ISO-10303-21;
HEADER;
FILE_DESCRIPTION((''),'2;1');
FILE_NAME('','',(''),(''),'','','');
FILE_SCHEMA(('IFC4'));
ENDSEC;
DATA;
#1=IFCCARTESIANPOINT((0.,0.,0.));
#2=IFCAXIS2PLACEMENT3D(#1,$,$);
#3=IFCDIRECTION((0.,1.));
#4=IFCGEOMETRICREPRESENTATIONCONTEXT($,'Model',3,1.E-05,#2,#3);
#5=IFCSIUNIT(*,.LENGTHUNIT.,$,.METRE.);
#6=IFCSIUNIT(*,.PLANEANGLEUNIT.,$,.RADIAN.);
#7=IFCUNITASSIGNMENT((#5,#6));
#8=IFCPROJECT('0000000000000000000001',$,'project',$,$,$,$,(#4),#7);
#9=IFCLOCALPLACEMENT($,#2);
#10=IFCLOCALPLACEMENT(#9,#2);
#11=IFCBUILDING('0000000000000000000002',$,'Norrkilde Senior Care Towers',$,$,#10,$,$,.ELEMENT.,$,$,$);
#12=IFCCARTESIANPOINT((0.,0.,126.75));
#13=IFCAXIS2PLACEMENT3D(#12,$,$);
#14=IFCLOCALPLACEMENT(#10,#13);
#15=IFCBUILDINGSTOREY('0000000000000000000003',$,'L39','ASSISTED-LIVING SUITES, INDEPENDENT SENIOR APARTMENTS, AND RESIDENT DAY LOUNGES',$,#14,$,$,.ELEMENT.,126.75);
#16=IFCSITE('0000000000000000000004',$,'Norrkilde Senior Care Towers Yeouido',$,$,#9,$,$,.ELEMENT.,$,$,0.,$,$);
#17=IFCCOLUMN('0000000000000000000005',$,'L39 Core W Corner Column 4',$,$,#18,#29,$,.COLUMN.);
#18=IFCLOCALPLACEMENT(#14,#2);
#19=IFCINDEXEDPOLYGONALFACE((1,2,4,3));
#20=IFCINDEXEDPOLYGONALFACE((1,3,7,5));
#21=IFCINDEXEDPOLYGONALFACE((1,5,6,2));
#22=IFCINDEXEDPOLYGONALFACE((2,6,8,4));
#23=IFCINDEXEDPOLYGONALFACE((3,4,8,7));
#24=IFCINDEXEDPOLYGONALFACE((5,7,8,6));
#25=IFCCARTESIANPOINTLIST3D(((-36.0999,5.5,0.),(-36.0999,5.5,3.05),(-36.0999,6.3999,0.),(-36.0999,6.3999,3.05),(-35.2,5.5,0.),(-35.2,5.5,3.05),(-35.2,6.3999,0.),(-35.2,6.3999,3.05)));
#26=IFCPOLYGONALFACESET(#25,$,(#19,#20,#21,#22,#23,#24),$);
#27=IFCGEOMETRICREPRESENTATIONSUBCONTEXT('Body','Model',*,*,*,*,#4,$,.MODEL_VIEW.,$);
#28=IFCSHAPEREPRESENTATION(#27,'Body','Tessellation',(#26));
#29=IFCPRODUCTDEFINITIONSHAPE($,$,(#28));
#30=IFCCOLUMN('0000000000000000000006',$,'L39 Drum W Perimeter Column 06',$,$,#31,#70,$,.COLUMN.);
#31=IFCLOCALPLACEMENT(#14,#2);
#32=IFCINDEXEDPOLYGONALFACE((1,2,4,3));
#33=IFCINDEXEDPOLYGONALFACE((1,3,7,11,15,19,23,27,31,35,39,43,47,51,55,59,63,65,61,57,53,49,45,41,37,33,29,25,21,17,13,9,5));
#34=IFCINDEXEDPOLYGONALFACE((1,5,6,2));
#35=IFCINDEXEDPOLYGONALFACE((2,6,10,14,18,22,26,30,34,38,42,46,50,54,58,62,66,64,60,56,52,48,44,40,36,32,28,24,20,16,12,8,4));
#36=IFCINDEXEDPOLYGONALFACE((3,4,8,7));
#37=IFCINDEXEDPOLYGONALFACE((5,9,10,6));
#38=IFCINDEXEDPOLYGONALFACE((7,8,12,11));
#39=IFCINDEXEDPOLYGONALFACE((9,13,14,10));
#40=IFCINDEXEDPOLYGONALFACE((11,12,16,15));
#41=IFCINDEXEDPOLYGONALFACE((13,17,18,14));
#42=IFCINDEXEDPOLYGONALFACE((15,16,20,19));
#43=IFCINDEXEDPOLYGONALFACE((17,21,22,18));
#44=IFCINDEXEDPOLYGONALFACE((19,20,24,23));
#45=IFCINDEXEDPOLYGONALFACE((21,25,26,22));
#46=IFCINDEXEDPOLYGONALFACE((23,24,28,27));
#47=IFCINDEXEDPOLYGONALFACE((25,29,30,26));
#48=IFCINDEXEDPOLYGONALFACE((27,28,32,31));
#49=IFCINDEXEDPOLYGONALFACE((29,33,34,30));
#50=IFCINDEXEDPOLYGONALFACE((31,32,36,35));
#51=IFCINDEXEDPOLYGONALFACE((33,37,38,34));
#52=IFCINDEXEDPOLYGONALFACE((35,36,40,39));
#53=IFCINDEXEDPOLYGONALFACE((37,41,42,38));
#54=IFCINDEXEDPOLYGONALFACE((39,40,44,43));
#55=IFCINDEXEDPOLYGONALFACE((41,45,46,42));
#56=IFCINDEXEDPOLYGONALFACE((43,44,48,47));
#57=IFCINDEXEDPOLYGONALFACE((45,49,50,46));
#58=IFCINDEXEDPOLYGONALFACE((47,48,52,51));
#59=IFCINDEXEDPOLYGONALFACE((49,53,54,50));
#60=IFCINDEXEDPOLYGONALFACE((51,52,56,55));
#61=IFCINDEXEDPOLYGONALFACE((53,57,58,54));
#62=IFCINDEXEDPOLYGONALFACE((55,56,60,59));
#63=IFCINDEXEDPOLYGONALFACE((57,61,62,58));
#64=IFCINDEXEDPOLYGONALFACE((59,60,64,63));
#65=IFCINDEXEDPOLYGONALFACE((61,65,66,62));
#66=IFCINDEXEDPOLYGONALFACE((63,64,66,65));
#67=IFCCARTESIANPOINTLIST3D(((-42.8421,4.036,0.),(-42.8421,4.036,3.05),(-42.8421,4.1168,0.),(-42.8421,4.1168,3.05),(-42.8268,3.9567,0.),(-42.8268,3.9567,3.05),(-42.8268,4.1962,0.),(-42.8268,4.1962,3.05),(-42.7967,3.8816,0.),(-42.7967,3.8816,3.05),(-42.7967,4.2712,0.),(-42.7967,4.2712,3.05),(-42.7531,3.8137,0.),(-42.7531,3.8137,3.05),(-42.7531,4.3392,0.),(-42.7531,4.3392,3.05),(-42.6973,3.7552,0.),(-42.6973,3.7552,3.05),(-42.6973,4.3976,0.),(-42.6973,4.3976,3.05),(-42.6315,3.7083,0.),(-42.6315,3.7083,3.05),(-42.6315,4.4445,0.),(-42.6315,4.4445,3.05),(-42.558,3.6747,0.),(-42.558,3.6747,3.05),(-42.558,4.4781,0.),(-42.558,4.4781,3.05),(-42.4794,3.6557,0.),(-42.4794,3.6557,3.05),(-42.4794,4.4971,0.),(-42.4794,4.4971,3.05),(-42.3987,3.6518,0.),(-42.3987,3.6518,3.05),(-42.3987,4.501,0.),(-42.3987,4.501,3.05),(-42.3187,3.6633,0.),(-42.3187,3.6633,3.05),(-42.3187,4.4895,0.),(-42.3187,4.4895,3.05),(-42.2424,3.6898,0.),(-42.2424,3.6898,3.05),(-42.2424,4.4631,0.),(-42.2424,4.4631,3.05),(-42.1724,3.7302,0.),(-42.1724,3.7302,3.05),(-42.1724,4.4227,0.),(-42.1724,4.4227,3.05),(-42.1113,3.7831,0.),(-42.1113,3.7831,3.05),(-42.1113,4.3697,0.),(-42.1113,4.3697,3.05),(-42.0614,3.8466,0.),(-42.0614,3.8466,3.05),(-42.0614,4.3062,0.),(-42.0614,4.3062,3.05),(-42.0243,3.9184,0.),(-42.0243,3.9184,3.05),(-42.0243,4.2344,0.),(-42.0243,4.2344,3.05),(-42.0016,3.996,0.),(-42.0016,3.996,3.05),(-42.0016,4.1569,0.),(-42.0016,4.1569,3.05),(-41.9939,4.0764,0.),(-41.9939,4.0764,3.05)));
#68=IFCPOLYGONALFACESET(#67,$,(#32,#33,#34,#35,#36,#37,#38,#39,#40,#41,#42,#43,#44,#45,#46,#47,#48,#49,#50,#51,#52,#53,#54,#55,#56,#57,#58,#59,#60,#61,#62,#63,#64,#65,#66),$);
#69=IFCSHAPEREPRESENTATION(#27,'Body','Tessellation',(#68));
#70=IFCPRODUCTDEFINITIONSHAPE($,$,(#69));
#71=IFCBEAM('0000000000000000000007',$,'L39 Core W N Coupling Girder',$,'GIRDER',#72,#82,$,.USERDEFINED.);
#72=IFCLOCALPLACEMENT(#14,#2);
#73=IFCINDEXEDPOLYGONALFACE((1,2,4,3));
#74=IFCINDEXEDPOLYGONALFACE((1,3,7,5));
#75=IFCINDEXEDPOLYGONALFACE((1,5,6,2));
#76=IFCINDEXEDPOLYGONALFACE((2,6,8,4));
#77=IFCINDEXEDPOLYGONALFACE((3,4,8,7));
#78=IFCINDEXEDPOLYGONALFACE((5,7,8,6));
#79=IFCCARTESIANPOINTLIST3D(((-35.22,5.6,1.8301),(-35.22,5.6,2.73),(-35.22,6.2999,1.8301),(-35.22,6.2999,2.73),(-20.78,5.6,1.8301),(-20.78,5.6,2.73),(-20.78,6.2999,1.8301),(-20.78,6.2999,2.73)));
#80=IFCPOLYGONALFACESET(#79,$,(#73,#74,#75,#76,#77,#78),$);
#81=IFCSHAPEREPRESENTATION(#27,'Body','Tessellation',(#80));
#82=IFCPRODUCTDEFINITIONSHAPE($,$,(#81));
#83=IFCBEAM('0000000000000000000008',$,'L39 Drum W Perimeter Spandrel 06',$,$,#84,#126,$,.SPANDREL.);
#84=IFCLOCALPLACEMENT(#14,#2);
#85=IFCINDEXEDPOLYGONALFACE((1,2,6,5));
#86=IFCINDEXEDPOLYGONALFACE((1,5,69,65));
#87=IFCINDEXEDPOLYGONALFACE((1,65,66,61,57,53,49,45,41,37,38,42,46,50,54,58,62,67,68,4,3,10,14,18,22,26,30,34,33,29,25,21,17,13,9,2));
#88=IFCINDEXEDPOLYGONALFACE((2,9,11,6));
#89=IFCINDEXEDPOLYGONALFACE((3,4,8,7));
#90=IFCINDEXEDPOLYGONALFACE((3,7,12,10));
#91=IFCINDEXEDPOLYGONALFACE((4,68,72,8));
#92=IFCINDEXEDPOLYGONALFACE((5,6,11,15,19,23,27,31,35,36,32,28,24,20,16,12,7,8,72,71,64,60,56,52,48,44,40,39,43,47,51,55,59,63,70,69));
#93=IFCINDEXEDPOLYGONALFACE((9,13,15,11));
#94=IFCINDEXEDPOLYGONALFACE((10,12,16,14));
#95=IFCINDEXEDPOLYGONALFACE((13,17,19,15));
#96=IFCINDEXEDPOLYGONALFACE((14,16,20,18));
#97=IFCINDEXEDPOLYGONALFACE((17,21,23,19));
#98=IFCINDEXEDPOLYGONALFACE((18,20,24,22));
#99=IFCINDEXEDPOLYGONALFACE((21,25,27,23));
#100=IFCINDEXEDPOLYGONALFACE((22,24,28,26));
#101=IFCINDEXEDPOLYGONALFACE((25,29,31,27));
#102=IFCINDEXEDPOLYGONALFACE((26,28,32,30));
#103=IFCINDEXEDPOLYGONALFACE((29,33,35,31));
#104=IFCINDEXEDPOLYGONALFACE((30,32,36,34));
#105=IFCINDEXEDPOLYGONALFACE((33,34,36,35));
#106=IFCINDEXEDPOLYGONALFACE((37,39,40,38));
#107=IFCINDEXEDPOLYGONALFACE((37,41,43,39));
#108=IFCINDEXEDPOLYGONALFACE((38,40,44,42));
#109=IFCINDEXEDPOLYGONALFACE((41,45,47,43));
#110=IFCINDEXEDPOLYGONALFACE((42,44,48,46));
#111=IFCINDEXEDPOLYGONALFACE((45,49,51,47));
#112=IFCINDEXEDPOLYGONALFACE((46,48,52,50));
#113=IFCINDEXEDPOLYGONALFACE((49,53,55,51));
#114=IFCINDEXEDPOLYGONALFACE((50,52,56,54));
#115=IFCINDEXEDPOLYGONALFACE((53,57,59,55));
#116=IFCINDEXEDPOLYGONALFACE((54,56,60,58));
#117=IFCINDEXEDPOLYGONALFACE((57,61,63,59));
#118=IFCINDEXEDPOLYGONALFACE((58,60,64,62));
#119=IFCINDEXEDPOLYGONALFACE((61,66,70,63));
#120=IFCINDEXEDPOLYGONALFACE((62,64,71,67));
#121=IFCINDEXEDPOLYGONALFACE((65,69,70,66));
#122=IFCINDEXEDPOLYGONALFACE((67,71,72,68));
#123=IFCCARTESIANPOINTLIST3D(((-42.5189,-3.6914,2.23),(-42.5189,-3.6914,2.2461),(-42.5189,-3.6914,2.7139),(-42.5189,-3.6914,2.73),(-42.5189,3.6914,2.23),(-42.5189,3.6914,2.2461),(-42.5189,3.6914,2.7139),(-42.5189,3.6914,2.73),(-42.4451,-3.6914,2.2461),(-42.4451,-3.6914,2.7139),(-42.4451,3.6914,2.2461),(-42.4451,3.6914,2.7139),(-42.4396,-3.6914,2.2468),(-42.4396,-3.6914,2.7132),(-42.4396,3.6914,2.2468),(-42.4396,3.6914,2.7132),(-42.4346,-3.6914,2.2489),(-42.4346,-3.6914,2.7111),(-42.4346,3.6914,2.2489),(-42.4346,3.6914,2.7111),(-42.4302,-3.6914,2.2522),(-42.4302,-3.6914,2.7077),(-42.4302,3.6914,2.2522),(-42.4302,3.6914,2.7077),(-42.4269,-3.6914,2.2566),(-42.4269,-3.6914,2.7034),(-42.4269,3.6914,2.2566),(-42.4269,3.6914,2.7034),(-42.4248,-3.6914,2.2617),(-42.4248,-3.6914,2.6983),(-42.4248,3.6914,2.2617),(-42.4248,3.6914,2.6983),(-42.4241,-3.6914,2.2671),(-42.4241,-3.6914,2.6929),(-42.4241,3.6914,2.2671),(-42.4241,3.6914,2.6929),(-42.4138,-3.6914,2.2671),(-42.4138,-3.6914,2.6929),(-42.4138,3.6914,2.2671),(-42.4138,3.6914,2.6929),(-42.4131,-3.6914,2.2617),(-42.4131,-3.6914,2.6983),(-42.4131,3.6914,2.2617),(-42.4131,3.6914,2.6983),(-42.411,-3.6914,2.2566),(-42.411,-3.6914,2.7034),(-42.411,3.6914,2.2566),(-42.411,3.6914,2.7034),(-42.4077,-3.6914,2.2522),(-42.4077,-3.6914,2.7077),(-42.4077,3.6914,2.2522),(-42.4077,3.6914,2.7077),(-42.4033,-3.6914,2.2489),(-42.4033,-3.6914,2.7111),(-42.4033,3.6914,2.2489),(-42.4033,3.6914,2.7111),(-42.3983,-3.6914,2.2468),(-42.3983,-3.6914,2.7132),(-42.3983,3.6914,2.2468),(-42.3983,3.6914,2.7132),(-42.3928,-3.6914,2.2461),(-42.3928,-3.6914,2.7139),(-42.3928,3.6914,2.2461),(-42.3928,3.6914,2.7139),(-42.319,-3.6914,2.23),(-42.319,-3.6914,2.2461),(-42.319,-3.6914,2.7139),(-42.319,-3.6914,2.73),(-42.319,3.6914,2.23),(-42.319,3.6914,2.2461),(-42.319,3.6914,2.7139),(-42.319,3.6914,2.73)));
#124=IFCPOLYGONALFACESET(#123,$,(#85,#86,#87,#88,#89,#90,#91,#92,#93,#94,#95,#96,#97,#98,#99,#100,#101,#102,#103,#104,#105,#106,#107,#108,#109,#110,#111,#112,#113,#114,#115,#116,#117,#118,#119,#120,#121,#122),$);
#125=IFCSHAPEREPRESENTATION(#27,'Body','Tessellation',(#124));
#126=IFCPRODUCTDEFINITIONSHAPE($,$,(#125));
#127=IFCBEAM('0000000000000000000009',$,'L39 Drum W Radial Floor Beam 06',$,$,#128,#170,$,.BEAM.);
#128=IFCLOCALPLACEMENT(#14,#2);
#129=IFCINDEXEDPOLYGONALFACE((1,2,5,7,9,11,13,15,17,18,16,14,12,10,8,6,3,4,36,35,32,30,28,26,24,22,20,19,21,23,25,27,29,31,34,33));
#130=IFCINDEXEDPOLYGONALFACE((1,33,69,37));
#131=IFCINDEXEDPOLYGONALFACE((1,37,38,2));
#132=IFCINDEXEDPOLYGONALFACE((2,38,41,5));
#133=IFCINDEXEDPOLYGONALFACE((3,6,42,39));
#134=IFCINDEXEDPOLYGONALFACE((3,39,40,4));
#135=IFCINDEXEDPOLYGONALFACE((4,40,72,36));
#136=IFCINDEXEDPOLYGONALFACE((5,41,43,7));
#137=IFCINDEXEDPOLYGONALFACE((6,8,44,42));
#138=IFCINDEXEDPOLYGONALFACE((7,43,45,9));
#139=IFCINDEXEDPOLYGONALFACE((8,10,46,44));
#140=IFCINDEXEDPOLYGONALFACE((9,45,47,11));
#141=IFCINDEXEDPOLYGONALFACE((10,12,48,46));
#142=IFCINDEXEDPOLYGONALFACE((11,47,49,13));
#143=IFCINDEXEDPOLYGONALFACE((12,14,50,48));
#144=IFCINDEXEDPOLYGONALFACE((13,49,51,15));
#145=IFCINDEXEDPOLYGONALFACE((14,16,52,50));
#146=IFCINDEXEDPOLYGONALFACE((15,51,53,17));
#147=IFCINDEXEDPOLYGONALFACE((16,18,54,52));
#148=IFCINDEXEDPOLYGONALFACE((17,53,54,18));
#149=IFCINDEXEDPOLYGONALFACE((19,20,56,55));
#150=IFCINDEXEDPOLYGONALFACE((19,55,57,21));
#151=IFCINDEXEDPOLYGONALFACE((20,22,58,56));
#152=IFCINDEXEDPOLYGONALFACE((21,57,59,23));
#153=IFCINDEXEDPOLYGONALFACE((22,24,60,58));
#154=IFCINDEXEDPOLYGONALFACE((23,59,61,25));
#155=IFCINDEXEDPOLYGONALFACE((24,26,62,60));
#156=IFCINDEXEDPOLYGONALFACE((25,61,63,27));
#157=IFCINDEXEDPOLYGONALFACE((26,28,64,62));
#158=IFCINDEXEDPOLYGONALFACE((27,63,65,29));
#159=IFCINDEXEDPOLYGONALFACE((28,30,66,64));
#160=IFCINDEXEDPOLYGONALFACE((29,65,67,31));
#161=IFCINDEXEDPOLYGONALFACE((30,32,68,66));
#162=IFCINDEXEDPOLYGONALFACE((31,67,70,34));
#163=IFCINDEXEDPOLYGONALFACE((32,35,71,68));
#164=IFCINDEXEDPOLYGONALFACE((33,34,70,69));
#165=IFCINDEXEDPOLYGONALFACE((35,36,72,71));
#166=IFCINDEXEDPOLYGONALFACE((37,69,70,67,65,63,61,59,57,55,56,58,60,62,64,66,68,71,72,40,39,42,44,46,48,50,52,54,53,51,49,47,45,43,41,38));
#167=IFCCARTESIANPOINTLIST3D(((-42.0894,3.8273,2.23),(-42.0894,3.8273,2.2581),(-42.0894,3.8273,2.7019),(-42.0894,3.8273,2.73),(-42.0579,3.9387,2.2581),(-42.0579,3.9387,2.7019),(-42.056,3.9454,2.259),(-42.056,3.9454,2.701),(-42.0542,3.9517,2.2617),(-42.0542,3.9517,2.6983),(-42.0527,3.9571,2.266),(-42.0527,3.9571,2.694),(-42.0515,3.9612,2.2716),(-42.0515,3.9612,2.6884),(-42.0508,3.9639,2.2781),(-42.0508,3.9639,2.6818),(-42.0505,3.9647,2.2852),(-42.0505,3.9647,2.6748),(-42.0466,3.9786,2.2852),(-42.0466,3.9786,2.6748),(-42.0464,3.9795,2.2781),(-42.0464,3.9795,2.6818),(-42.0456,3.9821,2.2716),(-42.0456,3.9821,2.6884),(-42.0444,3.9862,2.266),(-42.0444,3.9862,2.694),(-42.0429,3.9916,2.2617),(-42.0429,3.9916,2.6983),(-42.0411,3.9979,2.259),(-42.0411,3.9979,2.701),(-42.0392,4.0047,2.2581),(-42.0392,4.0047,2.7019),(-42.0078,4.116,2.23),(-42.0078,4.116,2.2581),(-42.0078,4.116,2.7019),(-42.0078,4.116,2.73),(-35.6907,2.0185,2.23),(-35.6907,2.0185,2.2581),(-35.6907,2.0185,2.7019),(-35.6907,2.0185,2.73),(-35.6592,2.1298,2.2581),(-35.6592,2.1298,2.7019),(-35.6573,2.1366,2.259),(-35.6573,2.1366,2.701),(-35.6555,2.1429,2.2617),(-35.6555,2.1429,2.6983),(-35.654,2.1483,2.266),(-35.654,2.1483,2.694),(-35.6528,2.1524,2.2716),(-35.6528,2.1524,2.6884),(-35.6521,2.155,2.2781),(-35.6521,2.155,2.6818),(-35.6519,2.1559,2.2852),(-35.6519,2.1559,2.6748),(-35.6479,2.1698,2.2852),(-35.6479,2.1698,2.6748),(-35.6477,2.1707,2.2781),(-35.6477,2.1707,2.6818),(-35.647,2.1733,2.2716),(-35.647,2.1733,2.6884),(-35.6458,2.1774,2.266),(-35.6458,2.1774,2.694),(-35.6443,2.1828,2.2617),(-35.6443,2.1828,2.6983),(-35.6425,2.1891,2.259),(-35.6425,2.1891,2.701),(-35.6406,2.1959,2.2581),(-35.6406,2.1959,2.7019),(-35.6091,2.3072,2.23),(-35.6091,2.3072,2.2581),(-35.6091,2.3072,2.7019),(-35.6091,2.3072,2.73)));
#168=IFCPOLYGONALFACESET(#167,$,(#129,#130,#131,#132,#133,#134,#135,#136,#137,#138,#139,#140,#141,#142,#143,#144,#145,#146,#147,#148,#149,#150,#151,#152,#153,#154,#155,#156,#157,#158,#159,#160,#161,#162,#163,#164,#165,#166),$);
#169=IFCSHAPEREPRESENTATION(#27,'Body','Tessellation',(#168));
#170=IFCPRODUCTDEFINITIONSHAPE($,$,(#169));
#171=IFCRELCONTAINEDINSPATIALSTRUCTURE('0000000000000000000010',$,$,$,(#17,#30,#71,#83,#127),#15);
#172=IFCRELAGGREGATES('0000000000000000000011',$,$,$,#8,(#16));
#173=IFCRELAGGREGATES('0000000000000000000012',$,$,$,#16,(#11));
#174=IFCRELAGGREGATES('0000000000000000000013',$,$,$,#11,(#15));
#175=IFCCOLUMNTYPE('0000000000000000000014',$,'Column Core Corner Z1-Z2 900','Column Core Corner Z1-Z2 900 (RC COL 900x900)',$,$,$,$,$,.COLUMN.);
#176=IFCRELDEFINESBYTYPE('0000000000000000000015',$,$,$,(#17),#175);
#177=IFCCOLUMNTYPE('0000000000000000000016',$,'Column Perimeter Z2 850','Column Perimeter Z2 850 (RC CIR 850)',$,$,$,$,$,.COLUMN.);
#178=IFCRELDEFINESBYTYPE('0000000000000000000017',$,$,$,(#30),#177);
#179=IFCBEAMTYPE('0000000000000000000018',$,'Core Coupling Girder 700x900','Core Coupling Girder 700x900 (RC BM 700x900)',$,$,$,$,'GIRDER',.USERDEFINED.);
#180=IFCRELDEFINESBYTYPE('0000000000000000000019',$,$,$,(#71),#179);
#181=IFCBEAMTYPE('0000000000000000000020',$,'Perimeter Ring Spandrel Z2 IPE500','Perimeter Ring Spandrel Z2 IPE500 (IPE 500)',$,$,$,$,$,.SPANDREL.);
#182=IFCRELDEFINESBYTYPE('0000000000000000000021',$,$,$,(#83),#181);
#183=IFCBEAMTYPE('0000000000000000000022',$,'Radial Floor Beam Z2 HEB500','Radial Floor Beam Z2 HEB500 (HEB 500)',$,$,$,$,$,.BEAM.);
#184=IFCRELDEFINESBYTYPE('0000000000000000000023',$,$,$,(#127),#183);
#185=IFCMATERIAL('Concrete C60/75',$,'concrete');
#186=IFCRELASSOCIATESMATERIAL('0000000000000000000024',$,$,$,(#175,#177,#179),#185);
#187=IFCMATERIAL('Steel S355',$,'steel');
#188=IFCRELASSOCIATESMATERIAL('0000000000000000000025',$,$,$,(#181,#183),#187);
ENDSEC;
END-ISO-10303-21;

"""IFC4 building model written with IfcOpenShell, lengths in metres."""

from ifc_helpers import new_model, si_unit, direction, frame, origin, origin_2d, place, context, subcontext, project, spatial, rectangle, circle, i_section, extrude, source, transform, mapped, material, material_profile, profile_set, type_object, type_shapes, element, save


model = new_model("IFC4")

# Units and contexts
model_context = context("Model", 3, precision=1e-05, world=origin(), true_north=direction((0.0, 1.0)))
body_context = subcontext(model_context, "Body", "Model", "MODEL_VIEW")
ifc_project = project(units=[si_unit("LENGTHUNIT", "METRE"), si_unit("PLANEANGLEUNIT", "RADIAN")], contexts=[model_context])

# Site, building, storey
site_placement = place(None, origin())
site = spatial("IfcSite", under=ifc_project, at=site_placement, Name="Norrkilde Senior Care Towers Yeouido", CompositionType="ELEMENT", RefElevation=0.0)
building_placement = place(site_placement, origin())
building = spatial("IfcBuilding", under=site, at=building_placement, Name="Norrkilde Senior Care Towers", CompositionType="ELEMENT")
storey_placement = place(building_placement, frame((0.0, 0.0, 126.75)))
storey = spatial("IfcBuildingStorey", under=building, at=storey_placement, Name="L39", Description="ASSISTED-LIVING SUITES, INDEPENDENT SENIOR APARTMENTS, AND RESIDENT DAY LOUNGES", CompositionType="ELEMENT", Elevation=126.75)

# Columns
ifc_material_1 = material(Name="Concrete C60/75", Category="concrete")
ifc_material_profile_1 = material_profile(ifc_material_1, rectangle(XDim=0.8999, YDim=0.8999, at=origin_2d()), Name="RC COL 900x900")
ifc_profile_set_1 = profile_set([ifc_material_profile_1], Name="Concrete C60/75")
column_type_1 = type_object("IfcColumnType", Name="Column Core Corner Z1-Z2 900", Description="Column Core Corner Z1-Z2 900 (RC COL 900x900)", PredefinedType="COLUMN", material=ifc_profile_set_1)
shared_shape_1 = source(origin(), body_context, "Body", "SweptSolid", [
    extrude(rectangle(XDim=0.8999, YDim=0.8999, at=origin_2d()), origin(), (0.0, 0.0, 1.0), 3.05),
])
type_shapes(column_type_1, [shared_shape_1])
column_1_placement = place(storey_placement, frame((-35.6499, 5.95, 0.0), z_axis=(0.0, 0.0, 1.0), x_axis=(1.0, 0.0, 0.0)))
element("IfcColumn", 1, at=column_1_placement, inside=storey, type_object=column_type_1, Name="L39 Core W Corner Column 4", PredefinedType="COLUMN", context=body_context, shape_type="MappedRepresentation", body=[
    mapped(shared_shape_1, transform((0.0, 0.0, 0.0), x_axis=(1.0, 0.0, 0.0), y_axis=(0.0, 1.0, 0.0), z_axis=(0.0, 0.0, 1.0), scale=1.0)),
])
ifc_material_profile_2 = material_profile(ifc_material_1, circle(Radius=0.425, at=origin_2d()), Name="RC CIR 850")
ifc_profile_set_2 = profile_set([ifc_material_profile_2], Name="Concrete C60/75")
column_type_2 = type_object("IfcColumnType", Name="Column Perimeter Z2 850", Description="Column Perimeter Z2 850 (RC CIR 850)", PredefinedType="COLUMN", material=ifc_profile_set_2)
shared_shape_2 = source(origin(), body_context, "Body", "SweptSolid", [
    extrude(circle(Radius=0.425, at=origin_2d()), origin(), (0.0, 0.0, 1.0), 3.05),
])
type_shapes(column_type_2, [shared_shape_2])
column_2_placement = place(storey_placement, frame((-42.4189, 4.0764, 0.0), z_axis=(0.0, 0.0, 1.0), x_axis=(1.0, 0.0, 0.0)))
element("IfcColumn", 2, at=column_2_placement, inside=storey, type_object=column_type_2, Name="L39 Drum W Perimeter Column 06", PredefinedType="COLUMN", context=body_context, shape_type="MappedRepresentation", body=[
    mapped(shared_shape_2, transform((0.0, 0.0, 0.0), x_axis=(1.0, 0.0, 0.0), y_axis=(0.0, 1.0, 0.0), z_axis=(0.0, 0.0, 1.0), scale=1.0)),
])

# Beams
ifc_material_profile_3 = material_profile(ifc_material_1, rectangle(XDim=0.7, YDim=0.8999, at=origin_2d()), Name="RC BM 700x900")
ifc_profile_set_3 = profile_set([ifc_material_profile_3], Name="Concrete C60/75")
beam_type_1 = type_object("IfcBeamType", Name="Core Coupling Girder 700x900", Description="Core Coupling Girder 700x900 (RC BM 700x900)", ElementType="GIRDER", PredefinedType="USERDEFINED", material=ifc_profile_set_3)
shared_shape_3 = source(origin(), body_context, "Body", "SweptSolid", [
    extrude(rectangle(XDim=0.7, YDim=0.8999, at=origin_2d()), origin(), (0.0, 0.0, 1.0), 14.4399),
])
type_shapes(beam_type_1, [shared_shape_3])
beam_1_placement = place(storey_placement, frame((-35.22, 5.95, 2.28), z_axis=(1.0, 0.0, 0.0), x_axis=(0.0, 1.0, 0.0)))
element("IfcBeam", 3, at=beam_1_placement, inside=storey, type_object=beam_type_1, Name="L39 Core W N Coupling Girder", ObjectType="GIRDER", PredefinedType="USERDEFINED", context=body_context, shape_type="MappedRepresentation", body=[
    mapped(shared_shape_3, transform((0.0, 0.0, 0.0), x_axis=(1.0, 0.0, 0.0), y_axis=(0.0, 1.0, 0.0), z_axis=(0.0, 0.0, 1.0), scale=1.0)),
])
ifc_material_2 = material(Name="Steel S355", Category="steel")
ifc_material_profile_4 = material_profile(ifc_material_2, i_section(OverallWidth=0.2, OverallDepth=0.5, WebThickness=0.0103, FlangeThickness=0.0161, FilletRadius=0.021, at=origin_2d()), Name="IPE 500")
ifc_profile_set_4 = profile_set([ifc_material_profile_4], Name="Steel S355")
beam_type_2 = type_object("IfcBeamType", Name="Perimeter Ring Spandrel Z2 IPE500", Description="Perimeter Ring Spandrel Z2 IPE500 (IPE 500)", PredefinedType="SPANDREL", material=ifc_profile_set_4)
shared_shape_4 = source(origin(), body_context, "Body", "SweptSolid", [
    extrude(i_section(OverallWidth=0.2, OverallDepth=0.5, WebThickness=0.0103, FlangeThickness=0.0161, FilletRadius=0.021, at=origin_2d()), origin(), (0.0, 0.0, 1.0), 7.3828),
])
type_shapes(beam_type_2, [shared_shape_4])
beam_2_placement = place(storey_placement, frame((-42.4189, 3.6914, 2.48), z_axis=(0.0, -1.0, 0.0), x_axis=(1.0, 0.0, 0.0)))
element("IfcBeam", 4, at=beam_2_placement, inside=storey, type_object=beam_type_2, Name="L39 Drum W Perimeter Spandrel 06", PredefinedType="SPANDREL", context=body_context, shape_type="MappedRepresentation", body=[
    mapped(shared_shape_4, transform((0.0, 0.0, 0.0), x_axis=(1.0, 0.0, 0.0), y_axis=(0.0, 1.0, 0.0), z_axis=(0.0, 0.0, 1.0), scale=1.0)),
])
ifc_material_profile_5 = material_profile(ifc_material_2, i_section(OverallWidth=0.3, OverallDepth=0.5, WebThickness=0.0144, FlangeThickness=0.0281, FilletRadius=0.0271, at=origin_2d()), Name="HEB 500")
ifc_profile_set_5 = profile_set([ifc_material_profile_5], Name="Steel S355")
beam_type_3 = type_object("IfcBeamType", Name="Radial Floor Beam Z2 HEB500", Description="Radial Floor Beam Z2 HEB500 (HEB 500)", PredefinedType="BEAM", material=ifc_profile_set_5)
shared_shape_5 = source(origin(), body_context, "Body", "SweptSolid", [
    extrude(i_section(OverallWidth=0.3, OverallDepth=0.5, WebThickness=0.0144, FlangeThickness=0.0281, FilletRadius=0.0271, at=origin_2d()), origin(), (0.0, 0.0, 1.0), 6.6494),
])
type_shapes(beam_type_3, [shared_shape_5])
beam_3_placement = place(storey_placement, frame((-35.6499, 2.1628, 2.48), z_axis=(-0.962289, 0.272029, 0.0), x_axis=(-0.272029, -0.962289, 0.0)))
element("IfcBeam", 5, at=beam_3_placement, inside=storey, type_object=beam_type_3, Name="L39 Drum W Radial Floor Beam 06", PredefinedType="BEAM", context=body_context, shape_type="MappedRepresentation", body=[
    mapped(shared_shape_5, transform((0.0, 0.0, 0.0), x_axis=(1.0, 0.0, 0.0), y_axis=(0.0, 1.0, 0.0), z_axis=(0.0, 0.0, 1.0), scale=1.0)),
])

save(model, "model.ifc")
